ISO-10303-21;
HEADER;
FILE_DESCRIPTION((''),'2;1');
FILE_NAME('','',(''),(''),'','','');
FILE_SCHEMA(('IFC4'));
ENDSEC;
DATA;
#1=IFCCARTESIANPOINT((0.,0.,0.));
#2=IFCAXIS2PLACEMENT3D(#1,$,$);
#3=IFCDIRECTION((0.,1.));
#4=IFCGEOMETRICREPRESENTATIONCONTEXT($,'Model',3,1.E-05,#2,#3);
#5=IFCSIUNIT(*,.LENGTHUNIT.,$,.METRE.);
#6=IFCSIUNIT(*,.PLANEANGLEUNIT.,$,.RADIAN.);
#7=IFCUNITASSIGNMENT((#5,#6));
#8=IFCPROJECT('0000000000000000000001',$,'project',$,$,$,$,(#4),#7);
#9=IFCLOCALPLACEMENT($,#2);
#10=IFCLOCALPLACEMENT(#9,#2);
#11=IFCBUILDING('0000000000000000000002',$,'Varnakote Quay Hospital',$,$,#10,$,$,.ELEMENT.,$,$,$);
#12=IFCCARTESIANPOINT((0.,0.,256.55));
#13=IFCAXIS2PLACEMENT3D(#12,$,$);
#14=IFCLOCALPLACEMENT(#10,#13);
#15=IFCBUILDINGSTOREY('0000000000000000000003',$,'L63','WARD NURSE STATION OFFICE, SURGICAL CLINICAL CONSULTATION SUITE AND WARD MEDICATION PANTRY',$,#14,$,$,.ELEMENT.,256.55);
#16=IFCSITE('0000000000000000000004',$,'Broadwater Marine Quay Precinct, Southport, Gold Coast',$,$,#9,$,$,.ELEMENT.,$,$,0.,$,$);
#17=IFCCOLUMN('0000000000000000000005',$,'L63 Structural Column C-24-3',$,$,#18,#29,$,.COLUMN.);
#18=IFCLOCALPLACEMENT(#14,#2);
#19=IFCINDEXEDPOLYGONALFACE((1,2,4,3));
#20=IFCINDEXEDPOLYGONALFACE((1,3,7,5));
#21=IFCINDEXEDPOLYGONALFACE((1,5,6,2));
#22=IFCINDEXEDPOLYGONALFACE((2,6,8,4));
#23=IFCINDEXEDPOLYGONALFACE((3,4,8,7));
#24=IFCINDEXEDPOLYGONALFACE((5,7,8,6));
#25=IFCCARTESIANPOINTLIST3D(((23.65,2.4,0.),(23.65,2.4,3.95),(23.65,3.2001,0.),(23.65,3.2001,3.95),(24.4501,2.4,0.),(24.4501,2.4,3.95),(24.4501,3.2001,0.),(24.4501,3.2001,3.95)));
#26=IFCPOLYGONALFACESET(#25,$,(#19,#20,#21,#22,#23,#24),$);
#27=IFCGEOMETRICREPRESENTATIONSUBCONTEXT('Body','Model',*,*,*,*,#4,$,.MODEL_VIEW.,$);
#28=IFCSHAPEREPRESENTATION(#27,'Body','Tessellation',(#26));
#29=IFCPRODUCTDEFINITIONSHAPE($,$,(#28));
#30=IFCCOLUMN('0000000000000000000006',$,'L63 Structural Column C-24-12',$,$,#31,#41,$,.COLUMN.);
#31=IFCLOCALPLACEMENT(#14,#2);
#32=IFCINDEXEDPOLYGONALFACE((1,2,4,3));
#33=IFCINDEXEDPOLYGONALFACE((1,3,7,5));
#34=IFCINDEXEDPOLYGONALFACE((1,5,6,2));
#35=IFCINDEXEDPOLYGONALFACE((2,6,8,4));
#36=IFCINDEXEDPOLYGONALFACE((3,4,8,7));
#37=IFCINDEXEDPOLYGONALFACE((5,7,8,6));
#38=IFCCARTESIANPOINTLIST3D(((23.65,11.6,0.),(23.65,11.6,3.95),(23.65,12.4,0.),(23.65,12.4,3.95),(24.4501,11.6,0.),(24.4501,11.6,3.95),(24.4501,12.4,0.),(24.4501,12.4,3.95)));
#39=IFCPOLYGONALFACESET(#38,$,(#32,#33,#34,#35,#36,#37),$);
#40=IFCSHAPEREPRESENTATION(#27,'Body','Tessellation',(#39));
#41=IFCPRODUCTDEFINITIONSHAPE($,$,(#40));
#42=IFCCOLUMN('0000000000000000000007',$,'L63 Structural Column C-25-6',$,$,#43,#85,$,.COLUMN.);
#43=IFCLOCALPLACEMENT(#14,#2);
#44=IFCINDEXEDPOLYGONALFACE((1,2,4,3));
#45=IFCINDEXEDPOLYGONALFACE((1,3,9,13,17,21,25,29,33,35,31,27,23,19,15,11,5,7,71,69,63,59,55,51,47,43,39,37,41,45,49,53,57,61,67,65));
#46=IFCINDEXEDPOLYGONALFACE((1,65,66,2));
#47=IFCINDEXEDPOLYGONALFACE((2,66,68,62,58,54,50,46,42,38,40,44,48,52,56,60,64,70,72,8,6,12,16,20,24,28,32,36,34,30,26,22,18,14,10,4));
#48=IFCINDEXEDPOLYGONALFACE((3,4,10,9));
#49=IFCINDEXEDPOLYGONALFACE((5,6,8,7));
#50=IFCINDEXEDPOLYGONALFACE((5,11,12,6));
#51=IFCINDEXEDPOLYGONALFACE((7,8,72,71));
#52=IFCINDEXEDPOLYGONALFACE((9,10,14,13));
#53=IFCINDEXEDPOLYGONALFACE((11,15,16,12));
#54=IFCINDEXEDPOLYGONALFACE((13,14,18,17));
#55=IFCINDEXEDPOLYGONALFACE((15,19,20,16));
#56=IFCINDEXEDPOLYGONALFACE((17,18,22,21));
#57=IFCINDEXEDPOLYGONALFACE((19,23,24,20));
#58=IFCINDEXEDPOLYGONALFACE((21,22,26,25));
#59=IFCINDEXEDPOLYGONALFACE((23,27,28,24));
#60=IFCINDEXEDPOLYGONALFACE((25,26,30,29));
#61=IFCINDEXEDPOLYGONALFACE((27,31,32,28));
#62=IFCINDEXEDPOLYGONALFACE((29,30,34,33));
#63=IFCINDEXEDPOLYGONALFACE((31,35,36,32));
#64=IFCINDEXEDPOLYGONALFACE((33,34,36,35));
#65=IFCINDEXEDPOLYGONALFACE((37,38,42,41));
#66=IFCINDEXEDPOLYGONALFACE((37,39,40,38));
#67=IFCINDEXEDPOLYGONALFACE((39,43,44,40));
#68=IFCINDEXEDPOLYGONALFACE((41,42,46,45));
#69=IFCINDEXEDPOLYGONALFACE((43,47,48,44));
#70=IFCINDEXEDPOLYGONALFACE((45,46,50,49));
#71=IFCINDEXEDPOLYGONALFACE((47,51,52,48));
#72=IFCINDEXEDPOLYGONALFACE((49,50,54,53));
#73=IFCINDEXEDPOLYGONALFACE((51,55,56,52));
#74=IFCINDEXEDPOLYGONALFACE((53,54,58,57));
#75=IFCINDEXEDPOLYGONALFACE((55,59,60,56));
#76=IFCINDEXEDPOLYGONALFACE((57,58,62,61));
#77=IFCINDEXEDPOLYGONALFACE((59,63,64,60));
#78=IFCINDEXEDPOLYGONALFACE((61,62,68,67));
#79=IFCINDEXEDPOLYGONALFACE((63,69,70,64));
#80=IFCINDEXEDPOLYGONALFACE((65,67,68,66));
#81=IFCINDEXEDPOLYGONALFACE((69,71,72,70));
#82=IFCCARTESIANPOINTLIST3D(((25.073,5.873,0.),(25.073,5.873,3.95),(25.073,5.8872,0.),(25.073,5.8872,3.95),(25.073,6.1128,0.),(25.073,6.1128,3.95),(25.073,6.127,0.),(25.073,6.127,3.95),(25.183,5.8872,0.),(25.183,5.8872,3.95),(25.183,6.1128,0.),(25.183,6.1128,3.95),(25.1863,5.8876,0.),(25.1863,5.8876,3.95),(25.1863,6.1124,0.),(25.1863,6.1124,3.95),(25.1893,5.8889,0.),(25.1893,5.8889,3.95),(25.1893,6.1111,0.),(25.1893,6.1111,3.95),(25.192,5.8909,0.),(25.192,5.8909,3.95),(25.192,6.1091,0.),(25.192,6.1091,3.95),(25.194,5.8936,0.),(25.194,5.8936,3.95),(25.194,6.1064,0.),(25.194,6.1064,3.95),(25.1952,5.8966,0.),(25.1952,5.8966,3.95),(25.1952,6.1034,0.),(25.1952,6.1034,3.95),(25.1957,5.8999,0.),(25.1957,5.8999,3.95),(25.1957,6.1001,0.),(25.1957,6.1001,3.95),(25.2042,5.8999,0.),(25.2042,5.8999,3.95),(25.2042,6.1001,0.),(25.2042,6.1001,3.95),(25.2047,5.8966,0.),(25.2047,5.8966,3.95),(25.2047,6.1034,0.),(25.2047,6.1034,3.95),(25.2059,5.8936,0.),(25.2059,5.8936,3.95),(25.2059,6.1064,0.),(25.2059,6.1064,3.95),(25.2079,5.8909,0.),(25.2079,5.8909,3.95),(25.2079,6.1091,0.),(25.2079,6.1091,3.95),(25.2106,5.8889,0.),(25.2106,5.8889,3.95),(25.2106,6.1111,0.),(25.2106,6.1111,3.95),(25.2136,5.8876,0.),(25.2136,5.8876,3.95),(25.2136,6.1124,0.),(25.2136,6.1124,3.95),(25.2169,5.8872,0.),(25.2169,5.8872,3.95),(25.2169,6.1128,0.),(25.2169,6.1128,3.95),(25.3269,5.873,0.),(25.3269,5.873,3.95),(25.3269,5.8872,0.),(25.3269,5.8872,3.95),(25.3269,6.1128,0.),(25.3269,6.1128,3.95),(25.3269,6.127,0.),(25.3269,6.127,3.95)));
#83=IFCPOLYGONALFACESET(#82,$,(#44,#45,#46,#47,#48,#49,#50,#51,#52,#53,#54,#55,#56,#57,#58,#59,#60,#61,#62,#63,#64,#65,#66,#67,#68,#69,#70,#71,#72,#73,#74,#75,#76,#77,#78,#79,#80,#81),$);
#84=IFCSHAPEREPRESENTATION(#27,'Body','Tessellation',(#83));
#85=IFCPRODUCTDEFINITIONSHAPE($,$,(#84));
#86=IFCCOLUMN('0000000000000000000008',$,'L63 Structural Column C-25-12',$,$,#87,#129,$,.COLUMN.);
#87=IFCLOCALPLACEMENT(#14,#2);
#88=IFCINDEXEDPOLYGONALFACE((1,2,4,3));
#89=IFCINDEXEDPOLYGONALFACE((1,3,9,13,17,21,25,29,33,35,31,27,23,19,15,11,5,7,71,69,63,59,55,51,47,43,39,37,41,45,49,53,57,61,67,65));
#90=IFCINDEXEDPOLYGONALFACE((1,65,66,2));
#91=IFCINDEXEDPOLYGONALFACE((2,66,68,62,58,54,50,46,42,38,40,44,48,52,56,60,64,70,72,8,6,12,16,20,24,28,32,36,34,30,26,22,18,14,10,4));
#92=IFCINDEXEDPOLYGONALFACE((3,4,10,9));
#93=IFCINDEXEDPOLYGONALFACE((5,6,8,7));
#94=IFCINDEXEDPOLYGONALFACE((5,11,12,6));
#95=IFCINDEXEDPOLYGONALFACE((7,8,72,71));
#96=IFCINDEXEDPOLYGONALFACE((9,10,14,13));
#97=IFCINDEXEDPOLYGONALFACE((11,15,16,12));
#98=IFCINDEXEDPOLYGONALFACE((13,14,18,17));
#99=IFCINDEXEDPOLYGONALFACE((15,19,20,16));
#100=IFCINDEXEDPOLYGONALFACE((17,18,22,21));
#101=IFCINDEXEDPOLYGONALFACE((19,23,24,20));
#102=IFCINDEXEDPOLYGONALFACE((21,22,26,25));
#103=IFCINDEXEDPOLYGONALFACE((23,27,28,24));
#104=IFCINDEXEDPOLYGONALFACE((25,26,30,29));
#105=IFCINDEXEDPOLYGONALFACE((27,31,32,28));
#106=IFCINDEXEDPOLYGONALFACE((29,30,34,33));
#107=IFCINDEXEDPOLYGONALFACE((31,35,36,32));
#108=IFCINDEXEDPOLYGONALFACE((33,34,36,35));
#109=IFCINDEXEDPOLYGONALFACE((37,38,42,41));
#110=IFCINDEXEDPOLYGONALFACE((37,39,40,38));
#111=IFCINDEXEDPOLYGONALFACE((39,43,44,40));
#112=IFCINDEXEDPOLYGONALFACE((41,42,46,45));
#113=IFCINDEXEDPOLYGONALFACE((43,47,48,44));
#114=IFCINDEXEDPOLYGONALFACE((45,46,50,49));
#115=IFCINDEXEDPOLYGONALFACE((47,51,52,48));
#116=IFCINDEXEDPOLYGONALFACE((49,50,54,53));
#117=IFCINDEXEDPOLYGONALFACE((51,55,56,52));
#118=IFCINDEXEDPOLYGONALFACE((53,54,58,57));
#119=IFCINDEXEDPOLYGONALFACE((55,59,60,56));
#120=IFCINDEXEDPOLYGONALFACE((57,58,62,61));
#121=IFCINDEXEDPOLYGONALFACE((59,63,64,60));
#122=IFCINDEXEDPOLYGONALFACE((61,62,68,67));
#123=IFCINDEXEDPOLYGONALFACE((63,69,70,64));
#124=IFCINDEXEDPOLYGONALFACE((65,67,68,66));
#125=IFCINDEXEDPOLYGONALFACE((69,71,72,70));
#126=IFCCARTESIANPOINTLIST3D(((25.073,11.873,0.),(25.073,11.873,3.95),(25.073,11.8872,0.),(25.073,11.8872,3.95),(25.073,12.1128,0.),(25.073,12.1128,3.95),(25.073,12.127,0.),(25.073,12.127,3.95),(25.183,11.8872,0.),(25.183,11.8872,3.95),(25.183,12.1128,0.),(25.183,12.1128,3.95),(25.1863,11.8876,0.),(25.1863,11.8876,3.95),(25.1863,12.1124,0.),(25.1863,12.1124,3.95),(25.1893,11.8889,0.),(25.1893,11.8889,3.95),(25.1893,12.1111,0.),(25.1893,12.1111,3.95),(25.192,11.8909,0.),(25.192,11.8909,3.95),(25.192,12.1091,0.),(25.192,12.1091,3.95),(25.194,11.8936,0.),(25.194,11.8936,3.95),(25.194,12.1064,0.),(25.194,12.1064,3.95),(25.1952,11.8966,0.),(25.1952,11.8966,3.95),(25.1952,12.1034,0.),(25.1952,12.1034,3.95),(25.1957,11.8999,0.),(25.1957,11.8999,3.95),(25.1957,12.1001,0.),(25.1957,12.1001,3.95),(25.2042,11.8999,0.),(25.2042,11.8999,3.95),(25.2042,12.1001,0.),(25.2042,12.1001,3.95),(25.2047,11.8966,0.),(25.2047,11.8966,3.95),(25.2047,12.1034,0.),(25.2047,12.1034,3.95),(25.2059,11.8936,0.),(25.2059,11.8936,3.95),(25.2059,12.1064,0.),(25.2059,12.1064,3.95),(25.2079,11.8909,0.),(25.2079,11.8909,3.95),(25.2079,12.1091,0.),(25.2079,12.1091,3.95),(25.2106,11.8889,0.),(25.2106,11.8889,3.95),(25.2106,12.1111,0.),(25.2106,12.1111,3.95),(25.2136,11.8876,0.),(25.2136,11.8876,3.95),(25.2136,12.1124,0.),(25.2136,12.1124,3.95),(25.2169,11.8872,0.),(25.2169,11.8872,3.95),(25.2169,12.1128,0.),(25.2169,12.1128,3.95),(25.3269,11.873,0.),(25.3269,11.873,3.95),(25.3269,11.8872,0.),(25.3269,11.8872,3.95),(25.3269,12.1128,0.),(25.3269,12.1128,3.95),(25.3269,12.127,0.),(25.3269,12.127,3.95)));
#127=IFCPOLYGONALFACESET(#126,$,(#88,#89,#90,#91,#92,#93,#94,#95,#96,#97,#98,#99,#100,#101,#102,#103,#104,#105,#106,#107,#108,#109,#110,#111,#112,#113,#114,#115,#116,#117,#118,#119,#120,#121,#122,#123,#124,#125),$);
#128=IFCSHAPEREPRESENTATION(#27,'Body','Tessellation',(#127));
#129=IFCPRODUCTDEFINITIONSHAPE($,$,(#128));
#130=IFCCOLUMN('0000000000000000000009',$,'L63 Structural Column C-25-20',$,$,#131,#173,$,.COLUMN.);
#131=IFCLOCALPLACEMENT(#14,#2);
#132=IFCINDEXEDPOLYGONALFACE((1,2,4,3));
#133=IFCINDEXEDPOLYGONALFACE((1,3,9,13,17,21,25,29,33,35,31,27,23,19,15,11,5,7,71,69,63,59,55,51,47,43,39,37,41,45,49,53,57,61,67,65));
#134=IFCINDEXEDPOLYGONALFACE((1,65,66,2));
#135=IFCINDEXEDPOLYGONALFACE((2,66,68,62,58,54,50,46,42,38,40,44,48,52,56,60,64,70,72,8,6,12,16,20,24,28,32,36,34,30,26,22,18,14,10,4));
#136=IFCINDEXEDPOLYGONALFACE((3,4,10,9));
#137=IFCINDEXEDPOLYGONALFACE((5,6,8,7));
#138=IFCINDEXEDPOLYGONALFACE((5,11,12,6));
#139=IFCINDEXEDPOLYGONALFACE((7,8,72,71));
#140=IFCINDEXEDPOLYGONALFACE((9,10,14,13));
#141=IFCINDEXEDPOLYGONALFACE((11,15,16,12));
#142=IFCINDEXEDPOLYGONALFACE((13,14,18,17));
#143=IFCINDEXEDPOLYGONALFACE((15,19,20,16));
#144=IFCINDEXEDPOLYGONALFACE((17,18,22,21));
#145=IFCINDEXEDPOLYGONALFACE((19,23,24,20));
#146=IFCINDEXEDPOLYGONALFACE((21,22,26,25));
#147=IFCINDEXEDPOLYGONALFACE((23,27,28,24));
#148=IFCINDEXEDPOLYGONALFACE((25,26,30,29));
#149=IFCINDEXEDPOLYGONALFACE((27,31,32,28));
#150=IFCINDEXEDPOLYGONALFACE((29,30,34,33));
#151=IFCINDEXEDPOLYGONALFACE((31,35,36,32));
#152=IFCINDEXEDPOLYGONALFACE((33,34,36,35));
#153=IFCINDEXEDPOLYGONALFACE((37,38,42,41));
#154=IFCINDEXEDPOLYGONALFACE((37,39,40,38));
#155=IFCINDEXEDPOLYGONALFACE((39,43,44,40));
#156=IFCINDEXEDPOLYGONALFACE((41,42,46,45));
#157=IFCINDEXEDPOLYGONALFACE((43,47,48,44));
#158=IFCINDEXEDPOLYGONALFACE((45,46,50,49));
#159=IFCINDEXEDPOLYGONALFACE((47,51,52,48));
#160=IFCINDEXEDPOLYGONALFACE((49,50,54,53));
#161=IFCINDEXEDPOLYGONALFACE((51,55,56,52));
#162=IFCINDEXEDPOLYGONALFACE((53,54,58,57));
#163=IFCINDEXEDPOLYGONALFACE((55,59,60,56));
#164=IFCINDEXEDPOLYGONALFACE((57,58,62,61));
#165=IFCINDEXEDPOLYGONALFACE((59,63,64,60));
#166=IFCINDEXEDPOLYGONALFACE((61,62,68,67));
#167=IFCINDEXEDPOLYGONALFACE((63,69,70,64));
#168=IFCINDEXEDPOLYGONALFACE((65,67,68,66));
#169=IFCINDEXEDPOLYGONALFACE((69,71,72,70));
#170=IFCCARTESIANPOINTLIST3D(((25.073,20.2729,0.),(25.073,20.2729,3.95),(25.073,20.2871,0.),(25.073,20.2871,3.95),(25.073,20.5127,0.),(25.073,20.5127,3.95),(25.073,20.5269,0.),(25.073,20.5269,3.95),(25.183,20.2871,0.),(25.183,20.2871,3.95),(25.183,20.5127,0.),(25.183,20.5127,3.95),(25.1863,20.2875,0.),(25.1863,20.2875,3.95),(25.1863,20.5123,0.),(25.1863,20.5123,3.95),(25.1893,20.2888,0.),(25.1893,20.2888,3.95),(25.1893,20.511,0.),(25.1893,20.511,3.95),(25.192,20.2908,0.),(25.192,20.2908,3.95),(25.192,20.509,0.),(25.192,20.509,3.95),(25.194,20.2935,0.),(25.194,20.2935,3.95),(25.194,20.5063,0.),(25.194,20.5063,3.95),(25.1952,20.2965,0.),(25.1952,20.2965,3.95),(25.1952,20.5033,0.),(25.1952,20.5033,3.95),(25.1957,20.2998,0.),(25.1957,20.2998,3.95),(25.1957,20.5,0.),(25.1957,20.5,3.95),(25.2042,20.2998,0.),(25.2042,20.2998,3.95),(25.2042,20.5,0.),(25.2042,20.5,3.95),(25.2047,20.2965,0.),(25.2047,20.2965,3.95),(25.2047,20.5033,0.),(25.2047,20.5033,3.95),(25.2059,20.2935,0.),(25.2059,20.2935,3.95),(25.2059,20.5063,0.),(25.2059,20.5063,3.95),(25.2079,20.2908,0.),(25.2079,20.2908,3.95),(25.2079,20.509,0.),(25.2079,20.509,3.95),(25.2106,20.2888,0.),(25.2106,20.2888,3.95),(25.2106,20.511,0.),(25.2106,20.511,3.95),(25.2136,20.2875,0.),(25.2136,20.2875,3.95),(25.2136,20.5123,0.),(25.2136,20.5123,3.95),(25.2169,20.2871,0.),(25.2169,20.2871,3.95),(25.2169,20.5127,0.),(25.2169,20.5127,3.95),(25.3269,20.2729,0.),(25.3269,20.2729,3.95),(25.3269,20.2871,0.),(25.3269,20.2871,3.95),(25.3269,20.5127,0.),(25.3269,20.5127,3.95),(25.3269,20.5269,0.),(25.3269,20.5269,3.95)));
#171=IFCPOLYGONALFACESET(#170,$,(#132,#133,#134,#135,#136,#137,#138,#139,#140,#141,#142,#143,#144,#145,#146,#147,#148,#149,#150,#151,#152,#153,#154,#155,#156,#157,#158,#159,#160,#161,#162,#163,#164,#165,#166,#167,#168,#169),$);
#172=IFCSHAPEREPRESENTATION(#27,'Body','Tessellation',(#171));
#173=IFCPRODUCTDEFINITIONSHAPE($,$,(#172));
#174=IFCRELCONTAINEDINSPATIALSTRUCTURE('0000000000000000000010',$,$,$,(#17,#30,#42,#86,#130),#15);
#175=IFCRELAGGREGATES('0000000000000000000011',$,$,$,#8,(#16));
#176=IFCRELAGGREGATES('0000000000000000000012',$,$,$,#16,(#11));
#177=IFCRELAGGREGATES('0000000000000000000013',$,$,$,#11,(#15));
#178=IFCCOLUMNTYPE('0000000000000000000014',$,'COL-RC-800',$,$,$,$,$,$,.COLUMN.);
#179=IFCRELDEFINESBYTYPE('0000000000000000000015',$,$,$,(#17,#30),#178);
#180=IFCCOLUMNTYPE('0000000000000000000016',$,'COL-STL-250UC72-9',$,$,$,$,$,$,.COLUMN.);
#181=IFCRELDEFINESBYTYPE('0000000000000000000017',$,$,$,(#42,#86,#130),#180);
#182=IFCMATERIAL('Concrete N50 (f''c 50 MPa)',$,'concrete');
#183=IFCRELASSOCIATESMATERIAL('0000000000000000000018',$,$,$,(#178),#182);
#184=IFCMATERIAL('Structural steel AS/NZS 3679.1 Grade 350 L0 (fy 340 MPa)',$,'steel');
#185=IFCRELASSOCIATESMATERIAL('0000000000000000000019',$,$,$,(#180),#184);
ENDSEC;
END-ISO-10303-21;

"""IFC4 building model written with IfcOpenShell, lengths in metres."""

from ifc_helpers import new_model, si_unit, direction, frame, origin, origin_2d, place, context, subcontext, project, spatial, rectangle, i_section, extrude, material, material_profile, profile_set, type_object, element, save


model = new_model("IFC4")

# Units and contexts
model_context = context("Model", 3, precision=1e-05, world=origin(), true_north=direction((0.0, 1.0)))
body_context = subcontext(model_context, "Body", "Model", "MODEL_VIEW")
ifc_project = project(units=[si_unit("LENGTHUNIT", "METRE"), si_unit("PLANEANGLEUNIT", "RADIAN")], contexts=[model_context])

# Site, building, storey
site_placement = place(None, origin())
site = spatial("IfcSite", under=ifc_project, at=site_placement, Name="Broadwater Marine Quay Precinct, Southport, Gold Coast", CompositionType="ELEMENT", RefElevation=0.0)
building_placement = place(site_placement, origin())
building = spatial("IfcBuilding", under=site, at=building_placement, Name="Varnakote Quay Hospital", CompositionType="ELEMENT")
storey_placement = place(building_placement, frame((0.0, 0.0, 256.55)))
storey = spatial("IfcBuildingStorey", under=building, at=storey_placement, Name="L63", Description="WARD NURSE STATION OFFICE, SURGICAL CLINICAL CONSULTATION SUITE AND WARD MEDICATION PANTRY", CompositionType="ELEMENT", Elevation=256.55)

# Columns
ifc_material_1 = material(Name="Concrete N50 (f'c 50 MPa)", Category="concrete")
ifc_material_profile_1 = material_profile(ifc_material_1, rectangle(XDim=0.8, YDim=0.8, at=origin_2d()), Name="RC-COL-800x800")
ifc_profile_set_1 = profile_set([ifc_material_profile_1], Name="Concrete N50 (f'c 50 MPa)")
column_type_1 = type_object("IfcColumnType", Name="COL-RC-800", PredefinedType="COLUMN", material=ifc_profile_set_1)
for number, where, z_axis, x_axis, name in (
    (1, (24.05, 2.8, 0.0), (0.0, 0.0, 1.0), (1.0, 0.0, 0.0), "L63 Structural Column C-24-3"),
    (2, (24.05, 12.0, 0.0), (0.0, 0.0, 1.0), (1.0, 0.0, 0.0), "L63 Structural Column C-24-12"),
):
    element("IfcColumn", number, at=place(storey_placement, frame(where, z_axis=z_axis, x_axis=x_axis)), inside=storey, type_object=column_type_1, Name=name, PredefinedType="COLUMN", context=body_context, shape_type="SweptSolid", body=[
        extrude(rectangle(XDim=0.8, YDim=0.8, at=origin_2d()), origin(), (0.0, 0.0, 1.0), 3.95),
    ])
ifc_material_2 = material(Name="Structural steel AS/NZS 3679.1 Grade 350 L0 (fy 340 MPa)", Category="steel")
ifc_material_profile_2 = material_profile(ifc_material_2, i_section(OverallWidth=0.2539, OverallDepth=0.2539, WebThickness=0.0085, FlangeThickness=0.0142, FilletRadius=0.0127, at=origin_2d()), Name="250UC72.9")
ifc_profile_set_2 = profile_set([ifc_material_profile_2], Name="Structural steel AS/NZS 3679.1 Grade 350 L0 (fy 340 MPa)")
column_type_2 = type_object("IfcColumnType", Name="COL-STL-250UC72-9", PredefinedType="COLUMN", material=ifc_profile_set_2)
for number, where, z_axis, x_axis, name in (
    (3, (25.2, 6.0, 0.0), (0.0, 0.0, 1.0), (1.0, 0.0, 0.0), "L63 Structural Column C-25-6"),
    (4, (25.2, 12.0, 0.0), (0.0, 0.0, 1.0), (1.0, 0.0, 0.0), "L63 Structural Column C-25-12"),
    (5, (25.2, 20.3999, 0.0), (0.0, 0.0, 1.0), (1.0, 0.0, 0.0), "L63 Structural Column C-25-20"),
):
    element("IfcColumn", number, at=place(storey_placement, frame(where, z_axis=z_axis, x_axis=x_axis)), inside=storey, type_object=column_type_2, Name=name, PredefinedType="COLUMN", context=body_context, shape_type="SweptSolid", body=[
        extrude(i_section(OverallWidth=0.2539, OverallDepth=0.2539, WebThickness=0.0085, FlangeThickness=0.0142, FilletRadius=0.0127, at=origin_2d()), origin(), (0.0, 0.0, 1.0), 3.95),
    ])

save(model, "model.ifc")
